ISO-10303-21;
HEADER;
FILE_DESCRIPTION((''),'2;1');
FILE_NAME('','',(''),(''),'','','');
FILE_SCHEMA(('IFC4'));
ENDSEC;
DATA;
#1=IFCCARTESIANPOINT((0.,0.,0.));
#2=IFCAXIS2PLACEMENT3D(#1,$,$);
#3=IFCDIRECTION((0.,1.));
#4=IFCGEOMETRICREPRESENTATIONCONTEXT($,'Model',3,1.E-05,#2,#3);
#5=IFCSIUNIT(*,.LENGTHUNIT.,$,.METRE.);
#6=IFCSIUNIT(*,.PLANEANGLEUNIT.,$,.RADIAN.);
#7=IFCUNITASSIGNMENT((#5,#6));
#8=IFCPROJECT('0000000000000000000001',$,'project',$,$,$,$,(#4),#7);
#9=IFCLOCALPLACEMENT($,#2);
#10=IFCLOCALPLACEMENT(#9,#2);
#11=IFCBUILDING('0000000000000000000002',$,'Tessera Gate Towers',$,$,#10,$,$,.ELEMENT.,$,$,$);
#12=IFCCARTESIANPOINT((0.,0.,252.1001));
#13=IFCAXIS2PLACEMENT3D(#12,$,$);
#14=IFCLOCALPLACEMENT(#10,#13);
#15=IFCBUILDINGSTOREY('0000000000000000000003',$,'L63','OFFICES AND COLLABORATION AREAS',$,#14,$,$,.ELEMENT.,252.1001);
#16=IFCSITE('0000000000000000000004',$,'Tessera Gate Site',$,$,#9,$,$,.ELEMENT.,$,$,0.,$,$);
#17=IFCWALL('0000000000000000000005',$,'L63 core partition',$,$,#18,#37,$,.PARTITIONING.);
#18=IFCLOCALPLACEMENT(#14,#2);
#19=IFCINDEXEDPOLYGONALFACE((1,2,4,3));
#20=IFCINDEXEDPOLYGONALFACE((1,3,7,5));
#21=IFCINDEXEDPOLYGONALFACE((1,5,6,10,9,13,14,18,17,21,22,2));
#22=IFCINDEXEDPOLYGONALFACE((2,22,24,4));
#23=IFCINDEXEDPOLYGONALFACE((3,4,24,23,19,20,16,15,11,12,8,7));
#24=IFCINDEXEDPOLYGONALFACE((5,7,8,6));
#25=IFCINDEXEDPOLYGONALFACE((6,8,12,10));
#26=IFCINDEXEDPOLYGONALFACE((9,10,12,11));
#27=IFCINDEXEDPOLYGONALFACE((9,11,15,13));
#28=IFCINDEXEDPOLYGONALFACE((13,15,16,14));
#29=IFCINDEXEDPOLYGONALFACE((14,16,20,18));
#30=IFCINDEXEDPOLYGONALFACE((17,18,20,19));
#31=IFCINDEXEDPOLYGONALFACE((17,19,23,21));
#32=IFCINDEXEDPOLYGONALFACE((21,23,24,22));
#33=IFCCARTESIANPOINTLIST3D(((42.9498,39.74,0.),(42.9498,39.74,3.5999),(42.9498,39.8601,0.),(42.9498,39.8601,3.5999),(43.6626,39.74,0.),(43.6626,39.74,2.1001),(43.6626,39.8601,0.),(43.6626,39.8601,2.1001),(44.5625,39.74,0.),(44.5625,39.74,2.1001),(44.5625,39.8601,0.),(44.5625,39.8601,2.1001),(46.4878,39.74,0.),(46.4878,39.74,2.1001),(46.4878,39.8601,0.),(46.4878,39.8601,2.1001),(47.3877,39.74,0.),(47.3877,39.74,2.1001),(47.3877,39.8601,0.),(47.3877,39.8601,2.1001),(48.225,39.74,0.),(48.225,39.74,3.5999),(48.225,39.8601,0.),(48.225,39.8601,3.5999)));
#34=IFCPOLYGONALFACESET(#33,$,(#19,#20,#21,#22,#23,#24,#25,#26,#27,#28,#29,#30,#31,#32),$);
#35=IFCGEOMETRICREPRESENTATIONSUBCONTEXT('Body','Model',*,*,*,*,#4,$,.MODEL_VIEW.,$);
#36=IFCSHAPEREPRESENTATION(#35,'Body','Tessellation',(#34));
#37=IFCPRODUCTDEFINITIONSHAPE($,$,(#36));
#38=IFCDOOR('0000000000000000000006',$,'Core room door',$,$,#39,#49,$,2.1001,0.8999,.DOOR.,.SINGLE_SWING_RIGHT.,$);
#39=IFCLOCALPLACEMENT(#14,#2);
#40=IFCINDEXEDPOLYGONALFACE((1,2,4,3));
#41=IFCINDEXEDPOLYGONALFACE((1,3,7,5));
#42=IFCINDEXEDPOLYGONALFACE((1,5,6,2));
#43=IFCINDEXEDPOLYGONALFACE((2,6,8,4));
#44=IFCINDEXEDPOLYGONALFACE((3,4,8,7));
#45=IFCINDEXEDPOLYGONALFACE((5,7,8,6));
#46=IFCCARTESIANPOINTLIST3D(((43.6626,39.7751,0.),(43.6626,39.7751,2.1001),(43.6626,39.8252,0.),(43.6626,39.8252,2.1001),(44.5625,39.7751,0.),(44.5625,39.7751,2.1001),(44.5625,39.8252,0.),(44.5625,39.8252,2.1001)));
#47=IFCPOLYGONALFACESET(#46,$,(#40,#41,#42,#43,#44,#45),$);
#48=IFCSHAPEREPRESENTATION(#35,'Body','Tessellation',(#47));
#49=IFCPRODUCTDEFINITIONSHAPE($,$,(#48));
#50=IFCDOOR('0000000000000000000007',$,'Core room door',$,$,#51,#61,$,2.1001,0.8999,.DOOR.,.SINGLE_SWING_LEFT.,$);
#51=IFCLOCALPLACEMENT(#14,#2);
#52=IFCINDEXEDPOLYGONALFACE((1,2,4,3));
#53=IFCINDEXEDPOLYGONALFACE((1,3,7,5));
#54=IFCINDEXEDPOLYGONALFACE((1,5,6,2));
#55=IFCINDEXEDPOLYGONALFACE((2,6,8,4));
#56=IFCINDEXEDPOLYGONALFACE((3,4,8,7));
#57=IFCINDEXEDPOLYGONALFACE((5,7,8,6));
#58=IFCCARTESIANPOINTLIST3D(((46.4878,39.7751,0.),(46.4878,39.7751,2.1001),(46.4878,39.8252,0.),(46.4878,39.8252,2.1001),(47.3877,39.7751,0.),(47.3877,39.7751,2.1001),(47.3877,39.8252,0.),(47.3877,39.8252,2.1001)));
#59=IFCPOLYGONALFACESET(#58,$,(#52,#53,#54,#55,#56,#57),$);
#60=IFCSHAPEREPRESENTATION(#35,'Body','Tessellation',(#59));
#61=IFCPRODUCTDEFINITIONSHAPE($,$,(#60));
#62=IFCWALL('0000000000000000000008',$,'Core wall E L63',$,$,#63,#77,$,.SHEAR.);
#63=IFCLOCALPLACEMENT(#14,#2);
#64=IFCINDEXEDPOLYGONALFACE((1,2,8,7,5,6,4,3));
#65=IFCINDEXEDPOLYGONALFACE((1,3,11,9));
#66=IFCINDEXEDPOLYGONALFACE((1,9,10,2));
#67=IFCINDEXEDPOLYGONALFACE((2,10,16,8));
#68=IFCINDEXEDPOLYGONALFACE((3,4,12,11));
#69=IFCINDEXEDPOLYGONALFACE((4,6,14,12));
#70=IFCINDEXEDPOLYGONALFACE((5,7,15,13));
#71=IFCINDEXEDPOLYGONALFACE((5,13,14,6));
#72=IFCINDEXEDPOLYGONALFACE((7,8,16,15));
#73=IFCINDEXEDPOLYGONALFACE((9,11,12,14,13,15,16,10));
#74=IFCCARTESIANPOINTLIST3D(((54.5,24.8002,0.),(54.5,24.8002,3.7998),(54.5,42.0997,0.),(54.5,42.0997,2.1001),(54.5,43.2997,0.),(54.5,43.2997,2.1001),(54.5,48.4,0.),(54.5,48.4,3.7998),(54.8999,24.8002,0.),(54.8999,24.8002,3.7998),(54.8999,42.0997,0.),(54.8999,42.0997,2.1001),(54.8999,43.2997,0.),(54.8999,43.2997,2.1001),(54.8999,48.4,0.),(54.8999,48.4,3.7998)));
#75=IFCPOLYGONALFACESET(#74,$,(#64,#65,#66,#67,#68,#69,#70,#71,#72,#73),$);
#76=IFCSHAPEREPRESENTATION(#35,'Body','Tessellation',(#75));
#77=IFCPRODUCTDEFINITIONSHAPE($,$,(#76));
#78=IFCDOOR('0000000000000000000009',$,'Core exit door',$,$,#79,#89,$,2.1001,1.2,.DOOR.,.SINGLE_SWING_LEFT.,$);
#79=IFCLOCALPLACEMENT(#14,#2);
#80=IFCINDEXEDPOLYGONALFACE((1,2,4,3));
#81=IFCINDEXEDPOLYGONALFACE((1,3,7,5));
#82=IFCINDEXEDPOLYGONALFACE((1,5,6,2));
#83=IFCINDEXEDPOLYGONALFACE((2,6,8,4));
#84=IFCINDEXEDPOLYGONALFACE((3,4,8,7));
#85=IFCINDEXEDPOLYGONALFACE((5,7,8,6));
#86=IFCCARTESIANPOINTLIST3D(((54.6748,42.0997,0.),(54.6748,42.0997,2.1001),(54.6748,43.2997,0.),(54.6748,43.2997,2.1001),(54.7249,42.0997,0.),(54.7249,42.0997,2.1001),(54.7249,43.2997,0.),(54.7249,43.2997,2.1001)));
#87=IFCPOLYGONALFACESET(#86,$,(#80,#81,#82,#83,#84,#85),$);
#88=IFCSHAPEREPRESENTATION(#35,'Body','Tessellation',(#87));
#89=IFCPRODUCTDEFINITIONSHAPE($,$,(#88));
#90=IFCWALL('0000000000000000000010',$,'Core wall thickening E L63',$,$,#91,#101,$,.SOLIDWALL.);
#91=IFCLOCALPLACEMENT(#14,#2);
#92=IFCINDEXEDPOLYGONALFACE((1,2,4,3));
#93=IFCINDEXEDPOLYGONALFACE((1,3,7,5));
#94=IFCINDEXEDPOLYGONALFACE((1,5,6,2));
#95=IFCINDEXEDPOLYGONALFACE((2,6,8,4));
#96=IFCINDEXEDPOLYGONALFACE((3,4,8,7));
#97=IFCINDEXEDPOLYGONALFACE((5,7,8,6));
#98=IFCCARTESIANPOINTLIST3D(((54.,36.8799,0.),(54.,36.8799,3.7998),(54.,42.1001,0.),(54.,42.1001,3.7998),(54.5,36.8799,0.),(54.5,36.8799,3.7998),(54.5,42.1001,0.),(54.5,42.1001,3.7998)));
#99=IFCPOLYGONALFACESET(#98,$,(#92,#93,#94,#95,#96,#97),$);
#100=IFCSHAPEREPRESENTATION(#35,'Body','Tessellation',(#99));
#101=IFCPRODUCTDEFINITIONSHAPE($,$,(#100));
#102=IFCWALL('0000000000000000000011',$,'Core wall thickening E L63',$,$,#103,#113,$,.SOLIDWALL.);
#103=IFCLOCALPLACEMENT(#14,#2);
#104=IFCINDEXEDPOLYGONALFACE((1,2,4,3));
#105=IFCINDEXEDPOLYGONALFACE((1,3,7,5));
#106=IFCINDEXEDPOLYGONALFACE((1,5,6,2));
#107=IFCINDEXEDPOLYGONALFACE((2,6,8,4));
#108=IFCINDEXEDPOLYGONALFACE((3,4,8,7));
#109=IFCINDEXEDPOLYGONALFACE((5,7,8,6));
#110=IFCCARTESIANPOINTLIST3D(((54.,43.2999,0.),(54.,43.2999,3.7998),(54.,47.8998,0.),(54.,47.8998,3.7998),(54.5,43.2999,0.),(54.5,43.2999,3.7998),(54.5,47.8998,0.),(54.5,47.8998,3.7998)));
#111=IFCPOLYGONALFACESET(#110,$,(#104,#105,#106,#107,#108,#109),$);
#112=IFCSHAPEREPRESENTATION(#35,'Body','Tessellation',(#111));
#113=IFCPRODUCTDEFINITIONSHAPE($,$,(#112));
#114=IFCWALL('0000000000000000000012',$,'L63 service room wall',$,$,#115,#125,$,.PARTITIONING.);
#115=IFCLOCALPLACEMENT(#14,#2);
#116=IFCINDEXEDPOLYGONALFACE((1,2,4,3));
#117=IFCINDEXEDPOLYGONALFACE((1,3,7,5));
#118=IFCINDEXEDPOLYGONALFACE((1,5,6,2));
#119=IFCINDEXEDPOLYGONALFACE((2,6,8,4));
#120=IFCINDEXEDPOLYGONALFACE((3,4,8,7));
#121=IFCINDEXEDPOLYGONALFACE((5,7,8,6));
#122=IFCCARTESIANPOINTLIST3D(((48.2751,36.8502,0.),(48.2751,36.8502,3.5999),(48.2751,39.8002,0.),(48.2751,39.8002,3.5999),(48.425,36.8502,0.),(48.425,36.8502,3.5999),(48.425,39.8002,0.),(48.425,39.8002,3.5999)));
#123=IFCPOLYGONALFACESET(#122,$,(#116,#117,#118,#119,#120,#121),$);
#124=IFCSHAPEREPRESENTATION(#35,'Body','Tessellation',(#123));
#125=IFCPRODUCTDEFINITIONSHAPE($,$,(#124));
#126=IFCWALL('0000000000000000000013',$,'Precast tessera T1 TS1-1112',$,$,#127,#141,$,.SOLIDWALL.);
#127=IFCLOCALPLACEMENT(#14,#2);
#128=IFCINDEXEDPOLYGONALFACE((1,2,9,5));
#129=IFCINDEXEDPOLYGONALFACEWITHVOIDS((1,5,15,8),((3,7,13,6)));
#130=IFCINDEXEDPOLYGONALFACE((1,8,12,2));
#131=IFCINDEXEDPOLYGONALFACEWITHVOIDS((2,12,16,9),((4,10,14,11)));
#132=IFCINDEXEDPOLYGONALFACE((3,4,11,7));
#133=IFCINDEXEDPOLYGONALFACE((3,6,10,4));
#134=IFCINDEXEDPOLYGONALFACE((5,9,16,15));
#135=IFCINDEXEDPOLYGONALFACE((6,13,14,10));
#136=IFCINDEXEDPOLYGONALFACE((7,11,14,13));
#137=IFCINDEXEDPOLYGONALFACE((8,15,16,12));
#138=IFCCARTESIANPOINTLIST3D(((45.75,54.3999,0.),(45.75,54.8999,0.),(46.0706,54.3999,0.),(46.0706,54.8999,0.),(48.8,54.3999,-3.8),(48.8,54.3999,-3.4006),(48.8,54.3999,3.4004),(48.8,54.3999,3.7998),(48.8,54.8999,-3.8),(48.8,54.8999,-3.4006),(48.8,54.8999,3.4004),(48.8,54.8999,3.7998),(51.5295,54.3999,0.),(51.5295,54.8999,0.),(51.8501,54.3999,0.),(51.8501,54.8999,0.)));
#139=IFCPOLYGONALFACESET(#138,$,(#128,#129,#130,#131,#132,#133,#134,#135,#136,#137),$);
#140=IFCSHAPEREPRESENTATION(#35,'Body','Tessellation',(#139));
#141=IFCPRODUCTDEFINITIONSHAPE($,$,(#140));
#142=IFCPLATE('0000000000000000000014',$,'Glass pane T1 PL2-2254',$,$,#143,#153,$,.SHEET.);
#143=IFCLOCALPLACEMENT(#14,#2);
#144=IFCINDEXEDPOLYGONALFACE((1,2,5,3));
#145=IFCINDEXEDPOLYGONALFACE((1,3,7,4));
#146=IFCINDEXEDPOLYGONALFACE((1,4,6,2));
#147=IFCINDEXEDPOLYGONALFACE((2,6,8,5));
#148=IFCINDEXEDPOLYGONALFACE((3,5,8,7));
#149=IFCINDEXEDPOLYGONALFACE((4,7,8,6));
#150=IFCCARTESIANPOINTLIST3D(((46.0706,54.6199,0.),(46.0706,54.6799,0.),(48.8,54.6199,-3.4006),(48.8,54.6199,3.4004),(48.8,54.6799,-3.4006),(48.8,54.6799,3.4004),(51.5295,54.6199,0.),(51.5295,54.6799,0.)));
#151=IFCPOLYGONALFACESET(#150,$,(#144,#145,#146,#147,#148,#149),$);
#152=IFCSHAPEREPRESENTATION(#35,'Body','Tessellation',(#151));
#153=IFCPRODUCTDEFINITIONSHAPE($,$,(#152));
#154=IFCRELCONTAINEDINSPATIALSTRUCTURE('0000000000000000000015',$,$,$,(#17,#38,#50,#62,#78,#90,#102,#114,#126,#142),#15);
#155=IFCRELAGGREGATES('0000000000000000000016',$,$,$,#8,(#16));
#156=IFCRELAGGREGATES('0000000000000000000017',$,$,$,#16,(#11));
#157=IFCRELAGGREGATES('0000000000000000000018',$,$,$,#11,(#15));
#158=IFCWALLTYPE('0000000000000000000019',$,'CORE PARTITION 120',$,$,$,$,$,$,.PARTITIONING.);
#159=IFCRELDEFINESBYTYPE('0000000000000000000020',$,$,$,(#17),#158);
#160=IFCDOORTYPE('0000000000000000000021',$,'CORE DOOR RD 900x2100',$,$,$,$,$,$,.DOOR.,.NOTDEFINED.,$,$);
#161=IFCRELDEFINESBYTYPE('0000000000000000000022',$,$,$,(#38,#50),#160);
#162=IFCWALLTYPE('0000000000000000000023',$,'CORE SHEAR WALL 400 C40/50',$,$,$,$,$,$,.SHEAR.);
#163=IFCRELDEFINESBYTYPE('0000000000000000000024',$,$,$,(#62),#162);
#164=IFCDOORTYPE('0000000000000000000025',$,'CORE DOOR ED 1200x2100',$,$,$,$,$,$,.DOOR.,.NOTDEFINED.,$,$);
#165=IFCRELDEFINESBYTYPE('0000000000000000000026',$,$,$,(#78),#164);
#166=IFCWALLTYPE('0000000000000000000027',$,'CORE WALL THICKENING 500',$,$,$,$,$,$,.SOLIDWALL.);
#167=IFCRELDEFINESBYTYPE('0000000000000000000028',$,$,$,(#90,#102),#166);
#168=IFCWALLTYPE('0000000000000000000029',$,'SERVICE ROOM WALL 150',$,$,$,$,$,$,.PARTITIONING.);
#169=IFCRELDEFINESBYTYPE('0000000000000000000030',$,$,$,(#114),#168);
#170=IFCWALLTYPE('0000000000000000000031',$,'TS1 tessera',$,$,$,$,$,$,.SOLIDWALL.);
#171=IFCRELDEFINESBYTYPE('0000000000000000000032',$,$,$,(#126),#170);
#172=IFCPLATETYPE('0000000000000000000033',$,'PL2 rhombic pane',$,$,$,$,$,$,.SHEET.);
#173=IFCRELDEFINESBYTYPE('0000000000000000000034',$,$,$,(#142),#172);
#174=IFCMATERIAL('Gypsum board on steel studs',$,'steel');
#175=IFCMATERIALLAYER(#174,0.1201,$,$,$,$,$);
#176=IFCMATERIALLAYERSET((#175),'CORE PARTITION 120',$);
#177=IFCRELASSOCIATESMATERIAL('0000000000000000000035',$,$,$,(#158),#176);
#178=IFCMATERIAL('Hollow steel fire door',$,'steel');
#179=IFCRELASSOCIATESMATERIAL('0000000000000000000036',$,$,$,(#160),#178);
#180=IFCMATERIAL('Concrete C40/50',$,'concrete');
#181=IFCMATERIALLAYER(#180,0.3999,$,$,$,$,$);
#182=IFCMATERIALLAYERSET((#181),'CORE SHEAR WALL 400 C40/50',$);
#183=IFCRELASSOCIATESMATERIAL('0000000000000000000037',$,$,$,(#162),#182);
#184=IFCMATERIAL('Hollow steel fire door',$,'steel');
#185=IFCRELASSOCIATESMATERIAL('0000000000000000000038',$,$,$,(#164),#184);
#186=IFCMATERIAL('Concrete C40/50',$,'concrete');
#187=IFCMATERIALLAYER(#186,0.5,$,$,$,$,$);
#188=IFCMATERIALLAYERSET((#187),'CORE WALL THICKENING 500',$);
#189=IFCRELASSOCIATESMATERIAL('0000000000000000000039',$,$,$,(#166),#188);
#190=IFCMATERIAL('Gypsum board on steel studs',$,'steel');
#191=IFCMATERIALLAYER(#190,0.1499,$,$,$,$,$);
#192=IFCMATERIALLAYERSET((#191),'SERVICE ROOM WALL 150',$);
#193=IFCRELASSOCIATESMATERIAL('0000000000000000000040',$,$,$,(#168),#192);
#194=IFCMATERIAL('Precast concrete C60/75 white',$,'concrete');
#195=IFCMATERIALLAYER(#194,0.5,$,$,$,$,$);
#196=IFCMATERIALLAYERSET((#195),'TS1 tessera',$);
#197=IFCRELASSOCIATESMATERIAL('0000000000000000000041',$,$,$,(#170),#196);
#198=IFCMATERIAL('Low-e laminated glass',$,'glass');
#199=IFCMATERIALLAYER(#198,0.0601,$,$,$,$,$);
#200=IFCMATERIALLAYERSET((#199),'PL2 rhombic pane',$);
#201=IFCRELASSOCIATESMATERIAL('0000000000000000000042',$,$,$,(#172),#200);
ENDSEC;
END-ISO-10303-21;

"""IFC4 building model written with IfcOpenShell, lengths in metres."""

from ifc_helpers import new_model, si_unit, direction, frame, frame_2d, origin, place, context, subcontext, project, spatial, polyline, rectangle, outline, extrude, source, transform, mapped, material, layer, layer_set, type_object, element, fill, save


model = new_model("IFC4")

# Units and contexts
model_context = context("Model", 3, precision=1e-05, world=origin(), true_north=direction((0.0, 1.0)))
body_context = subcontext(model_context, "Body", "Model", "MODEL_VIEW")
ifc_project = project(units=[si_unit("LENGTHUNIT", "METRE"), si_unit("PLANEANGLEUNIT", "RADIAN")], contexts=[model_context])

# Site, building, storey
site_placement = place(None, origin())
site = spatial("IfcSite", under=ifc_project, at=site_placement, Name="Tessera Gate Site", CompositionType="ELEMENT", RefElevation=0.0)
building_placement = place(site_placement, origin())
building = spatial("IfcBuilding", under=site, at=building_placement, Name="Tessera Gate Towers", CompositionType="ELEMENT")
storey_placement = place(building_placement, frame((0.0, 0.0, 252.1001)))
storey = spatial("IfcBuildingStorey", under=building, at=storey_placement, Name="L63", Description="OFFICES AND COLLABORATION AREAS", CompositionType="ELEMENT", Elevation=252.1001)

# Shared definitions
shared_shape_1 = source(origin(), body_context, "Body", "SweptSolid", [
    extrude(rectangle(XDim=1.2, YDim=2.1001, at=frame_2d((0.6001, 1.05))), frame((0.0, 0.0249, 0.0), z_axis=(0.0, -1.0, 0.0), x_axis=(1.0, 0.0, 0.0)), (0.0, 0.0, 1.0), 0.05),
])

# Wall, openings, doors
ifc_material_1 = material(Name="Gypsum board on steel studs", Category="steel")
ifc_layer_1 = layer(ifc_material_1, 0.1201)
ifc_layer_set_1 = layer_set([ifc_layer_1], Name="CORE PARTITION 120")
wall_type_1 = type_object("IfcWallType", Name="CORE PARTITION 120", PredefinedType="PARTITIONING", material=ifc_layer_set_1)
wall_1_placement = place(storey_placement, frame((48.2251, 39.8, 0.0), z_axis=(0.0, 0.0, 1.0), x_axis=(-1.0, 0.0, 0.0)))
wall_1 = element("IfcWall", 1, at=wall_1_placement, inside=storey, type_object=wall_type_1, Name="L63 core partition", PredefinedType="PARTITIONING", context=body_context, shape_type="SweptSolid", body=[
    extrude(rectangle(XDim=5.2751, YDim=0.1201, at=frame_2d((2.6377, 0.0))), origin(), (0.0, 0.0, 1.0), 3.5999),
])
shared_shape_2 = source(origin(), body_context, "Body", "SweptSolid", [
    extrude(rectangle(XDim=0.8999, YDim=2.1001, at=frame_2d((0.45, 1.05))), frame((0.0, 0.0701, 0.0), z_axis=(0.0, -1.0, 0.0), x_axis=(1.0, 0.0, 0.0)), (0.0, 0.0, 1.0), 0.1401),
])
opening_1_placement = place(wall_1_placement, frame((3.6626, 0.0, 0.0)))
opening_1 = element("IfcOpeningElement", 2, at=opening_1_placement, cuts=wall_1, PredefinedType="OPENING", context=body_context, shape_type="MappedRepresentation", body=[
    mapped(shared_shape_2, transform((0.0, 0.0, 0.0), scale=1.0)),
])
opening_2_placement = place(wall_1_placement, frame((0.8374, 0.0, 0.0)))
opening_2 = element("IfcOpeningElement", 3, at=opening_2_placement, cuts=wall_1, PredefinedType="OPENING", context=body_context, shape_type="MappedRepresentation", body=[
    mapped(shared_shape_2, transform((0.0, 0.0, 0.0), scale=1.0)),
])
ifc_material_2 = material(Name="Hollow steel fire door", Category="steel")
door_type_1 = type_object("IfcDoorType", Name="CORE DOOR RD 900x2100", OperationType="NOTDEFINED", PredefinedType="DOOR", material=ifc_material_2)
shared_shape_3 = source(origin(), body_context, "Body", "SweptSolid", [
    extrude(rectangle(XDim=0.8999, YDim=2.1001, at=frame_2d((0.45, 1.05))), frame((0.0, 0.0249, 0.0), z_axis=(0.0, -1.0, 0.0), x_axis=(1.0, 0.0, 0.0)), (0.0, 0.0, 1.0), 0.05),
])
door_1_placement = place(opening_1_placement, origin())
door_1 = element("IfcDoor", 4, at=door_1_placement, inside=storey, type_object=door_type_1, Name="Core room door", OperationType="SINGLE_SWING_RIGHT", OverallHeight=2.1001, OverallWidth=0.8999, PredefinedType="DOOR", context=body_context, shape_type="MappedRepresentation", body=[
    mapped(shared_shape_3, transform((0.0, 0.0, 0.0), scale=1.0)),
])
fill(opening_1, door_1)
door_2_placement = place(opening_2_placement, origin())
door_2 = element("IfcDoor", 5, at=door_2_placement, inside=storey, type_object=door_type_1, Name="Core room door", OperationType="SINGLE_SWING_LEFT", OverallHeight=2.1001, OverallWidth=0.8999, PredefinedType="DOOR", context=body_context, shape_type="MappedRepresentation", body=[
    mapped(shared_shape_3, transform((0.0, 0.0, 0.0), scale=1.0)),
])
fill(opening_2, door_2)

# Wall, opening, door
ifc_material_3 = material(Name="Concrete C40/50", Category="concrete")
ifc_layer_2 = layer(ifc_material_3, 0.3999)
ifc_layer_set_2 = layer_set([ifc_layer_2], Name="CORE SHEAR WALL 400 C40/50")
wall_type_2 = type_object("IfcWallType", Name="CORE SHEAR WALL 400 C40/50", PredefinedType="SHEAR", material=ifc_layer_set_2)
wall_2_placement = place(storey_placement, frame((54.7, 48.3999, 0.0), z_axis=(0.0, 0.0, 1.0), x_axis=(0.0, -1.0, 0.0)))
wall_2 = element("IfcWall", 6, at=wall_2_placement, inside=storey, type_object=wall_type_2, Name="Core wall E L63", PredefinedType="SHEAR", context=body_context, shape_type="SweptSolid", body=[
    extrude(rectangle(XDim=23.5999, YDim=0.3999, at=frame_2d((11.7998, 0.0))), origin(), (0.0, 0.0, 1.0), 3.7998),
])
shared_shape_4 = source(origin(), body_context, "Body", "SweptSolid", [
    extrude(rectangle(XDim=1.2, YDim=2.1001, at=frame_2d((0.6001, 1.05))), frame((0.0, 0.21, 0.0), z_axis=(0.0, -1.0, 0.0), x_axis=(1.0, 0.0, 0.0)), (0.0, 0.0, 1.0), 0.4199),
])
opening_3_placement = place(wall_2_placement, frame((5.1001, 0.0, 0.0)))
opening_3 = element("IfcOpeningElement", 7, at=opening_3_placement, cuts=wall_2, PredefinedType="OPENING", context=body_context, shape_type="MappedRepresentation", body=[
    mapped(shared_shape_4, transform((0.0, 0.0, 0.0), scale=1.0)),
])
ifc_material_4 = material(Name="Hollow steel fire door", Category="steel")
door_type_2 = type_object("IfcDoorType", Name="CORE DOOR ED 1200x2100", OperationType="NOTDEFINED", PredefinedType="DOOR", material=ifc_material_4)
door_3_placement = place(opening_3_placement, origin())
door_3 = element("IfcDoor", 8, at=door_3_placement, inside=storey, type_object=door_type_2, Name="Core exit door", OperationType="SINGLE_SWING_LEFT", OverallHeight=2.1001, OverallWidth=1.2, PredefinedType="DOOR", context=body_context, shape_type="MappedRepresentation", body=[
    mapped(shared_shape_1, transform((0.0, 0.0, 0.0), scale=1.0)),
])
fill(opening_3, door_3)

# Walls
ifc_material_5 = material(Name="Concrete C40/50", Category="concrete")
ifc_layer_3 = layer(ifc_material_5, 0.5)
ifc_layer_set_3 = layer_set([ifc_layer_3], Name="CORE WALL THICKENING 500")
wall_type_3 = type_object("IfcWallType", Name="CORE WALL THICKENING 500", PredefinedType="SOLIDWALL", material=ifc_layer_set_3)
wall_3_placement = place(storey_placement, frame((54.25, 36.8799, 0.0), z_axis=(0.0, 0.0, 1.0), x_axis=(0.0, 1.0, 0.0)))
element("IfcWall", 9, at=wall_3_placement, inside=storey, type_object=wall_type_3, Name="Core wall thickening E L63", PredefinedType="SOLIDWALL", context=body_context, shape_type="SweptSolid", body=[
    extrude(rectangle(XDim=5.2202, YDim=0.5, at=frame_2d((2.6101, 0.0))), origin(), (0.0, 0.0, 1.0), 3.7998),
])
wall_4_placement = place(storey_placement, frame((54.25, 43.3, 0.0), z_axis=(0.0, 0.0, 1.0), x_axis=(0.0, 1.0, 0.0)))
element("IfcWall", 10, at=wall_4_placement, inside=storey, type_object=wall_type_3, Name="Core wall thickening E L63", PredefinedType="SOLIDWALL", context=body_context, shape_type="SweptSolid", body=[
    extrude(rectangle(XDim=4.5999, YDim=0.5, at=frame_2d((2.2998, 0.0))), origin(), (0.0, 0.0, 1.0), 3.7998),
])
ifc_material_6 = material(Name="Gypsum board on steel studs", Category="steel")
ifc_layer_4 = layer(ifc_material_6, 0.1499)
ifc_layer_set_4 = layer_set([ifc_layer_4], Name="SERVICE ROOM WALL 150")
wall_type_4 = type_object("IfcWallType", Name="SERVICE ROOM WALL 150", PredefinedType="PARTITIONING", material=ifc_layer_set_4)
wall_5_placement = place(storey_placement, frame((48.3501, 36.8501, 0.0), z_axis=(0.0, 0.0, 1.0), x_axis=(0.0, 1.0, 0.0)))
element("IfcWall", 11, at=wall_5_placement, inside=storey, type_object=wall_type_4, Name="L63 service room wall", PredefinedType="PARTITIONING", context=body_context, shape_type="SweptSolid", body=[
    extrude(rectangle(XDim=2.95, YDim=0.1499, at=frame_2d((1.4751, 0.0))), origin(), (0.0, 0.0, 1.0), 3.5999),
])

# Wall, opening, plate
ifc_material_7 = material(Name="Precast concrete C60/75 white", Category="concrete")
ifc_layer_5 = layer(ifc_material_7, 0.5)
ifc_layer_set_5 = layer_set([ifc_layer_5], Name="TS1 tessera")
wall_type_5 = type_object("IfcWallType", Name="TS1 tessera", PredefinedType="SOLIDWALL", material=ifc_layer_set_5)
shared_shape_5 = source(origin(), body_context, "Body", "SweptSolid", [
    extrude(outline(polyline([(3.05, 0.0), (6.1001, 3.8), (3.05, 7.5999), (0.0, 3.8), (3.05, 0.0)])), frame((0.0, 0.25, 0.0), z_axis=(0.0, -1.0, 0.0), x_axis=(1.0, 0.0, 0.0)), (0.0, 0.0, 1.0), 0.5),
])
wall_6_placement = place(storey_placement, frame((51.8501, 54.6499, -3.8), z_axis=(0.0, 0.0, 1.0), x_axis=(-1.0, 0.0, 0.0)))
wall_6 = element("IfcWall", 12, at=wall_6_placement, inside=storey, type_object=wall_type_5, Name="Precast tessera T1 TS1-1112", PredefinedType="SOLIDWALL", context=body_context, shape_type="MappedRepresentation", body=[
    mapped(shared_shape_5, transform((0.0, 0.0, 0.0), scale=1.0)),
])
shared_shape_6 = source(origin(), body_context, "Body", "SweptSolid", [
    extrude(outline(polyline([(3.05, 0.3994), (5.7795, 3.8), (3.05, 7.2004), (0.3206, 3.8), (3.05, 0.3994)])), frame((0.0, 0.26, 0.0), z_axis=(0.0, -1.0, 0.0), x_axis=(1.0, 0.0, 0.0)), (0.0, 0.0, 1.0), 0.52),
])
opening_4_placement = place(wall_6_placement, origin())
opening_4 = element("IfcOpeningElement", 13, at=opening_4_placement, cuts=wall_6, PredefinedType="OPENING", context=body_context, shape_type="MappedRepresentation", body=[
    mapped(shared_shape_6, transform((0.0, 0.0, 0.0), scale=1.0)),
])
ifc_material_8 = material(Name="Low-e laminated glass", Category="glass")
ifc_layer_6 = layer(ifc_material_8, 0.0601)
ifc_layer_set_6 = layer_set([ifc_layer_6], Name="PL2 rhombic pane")
plate_type = type_object("IfcPlateType", Name="PL2 rhombic pane", PredefinedType="SHEET", material=ifc_layer_set_6)
shared_shape_7 = source(origin(), body_context, "Body", "SweptSolid", [
    extrude(outline(polyline([(3.05, 0.3994), (5.7795, 3.8), (3.05, 7.2004), (0.3206, 3.8), (3.05, 0.3994)])), frame((0.0, 0.03, 0.0), z_axis=(0.0, -1.0, 0.0), x_axis=(1.0, 0.0, 0.0)), (0.0, 0.0, 1.0), 0.0601),
])
plate_placement = place(opening_4_placement, origin())
plate = element("IfcPlate", 14, at=plate_placement, inside=storey, type_object=plate_type, Name="Glass pane T1 PL2-2254", PredefinedType="SHEET", context=body_context, shape_type="MappedRepresentation", body=[
    mapped(shared_shape_7, transform((0.0, 0.0, 0.0), scale=1.0)),
])
fill(opening_4, plate)

save(model, "model.ifc")
